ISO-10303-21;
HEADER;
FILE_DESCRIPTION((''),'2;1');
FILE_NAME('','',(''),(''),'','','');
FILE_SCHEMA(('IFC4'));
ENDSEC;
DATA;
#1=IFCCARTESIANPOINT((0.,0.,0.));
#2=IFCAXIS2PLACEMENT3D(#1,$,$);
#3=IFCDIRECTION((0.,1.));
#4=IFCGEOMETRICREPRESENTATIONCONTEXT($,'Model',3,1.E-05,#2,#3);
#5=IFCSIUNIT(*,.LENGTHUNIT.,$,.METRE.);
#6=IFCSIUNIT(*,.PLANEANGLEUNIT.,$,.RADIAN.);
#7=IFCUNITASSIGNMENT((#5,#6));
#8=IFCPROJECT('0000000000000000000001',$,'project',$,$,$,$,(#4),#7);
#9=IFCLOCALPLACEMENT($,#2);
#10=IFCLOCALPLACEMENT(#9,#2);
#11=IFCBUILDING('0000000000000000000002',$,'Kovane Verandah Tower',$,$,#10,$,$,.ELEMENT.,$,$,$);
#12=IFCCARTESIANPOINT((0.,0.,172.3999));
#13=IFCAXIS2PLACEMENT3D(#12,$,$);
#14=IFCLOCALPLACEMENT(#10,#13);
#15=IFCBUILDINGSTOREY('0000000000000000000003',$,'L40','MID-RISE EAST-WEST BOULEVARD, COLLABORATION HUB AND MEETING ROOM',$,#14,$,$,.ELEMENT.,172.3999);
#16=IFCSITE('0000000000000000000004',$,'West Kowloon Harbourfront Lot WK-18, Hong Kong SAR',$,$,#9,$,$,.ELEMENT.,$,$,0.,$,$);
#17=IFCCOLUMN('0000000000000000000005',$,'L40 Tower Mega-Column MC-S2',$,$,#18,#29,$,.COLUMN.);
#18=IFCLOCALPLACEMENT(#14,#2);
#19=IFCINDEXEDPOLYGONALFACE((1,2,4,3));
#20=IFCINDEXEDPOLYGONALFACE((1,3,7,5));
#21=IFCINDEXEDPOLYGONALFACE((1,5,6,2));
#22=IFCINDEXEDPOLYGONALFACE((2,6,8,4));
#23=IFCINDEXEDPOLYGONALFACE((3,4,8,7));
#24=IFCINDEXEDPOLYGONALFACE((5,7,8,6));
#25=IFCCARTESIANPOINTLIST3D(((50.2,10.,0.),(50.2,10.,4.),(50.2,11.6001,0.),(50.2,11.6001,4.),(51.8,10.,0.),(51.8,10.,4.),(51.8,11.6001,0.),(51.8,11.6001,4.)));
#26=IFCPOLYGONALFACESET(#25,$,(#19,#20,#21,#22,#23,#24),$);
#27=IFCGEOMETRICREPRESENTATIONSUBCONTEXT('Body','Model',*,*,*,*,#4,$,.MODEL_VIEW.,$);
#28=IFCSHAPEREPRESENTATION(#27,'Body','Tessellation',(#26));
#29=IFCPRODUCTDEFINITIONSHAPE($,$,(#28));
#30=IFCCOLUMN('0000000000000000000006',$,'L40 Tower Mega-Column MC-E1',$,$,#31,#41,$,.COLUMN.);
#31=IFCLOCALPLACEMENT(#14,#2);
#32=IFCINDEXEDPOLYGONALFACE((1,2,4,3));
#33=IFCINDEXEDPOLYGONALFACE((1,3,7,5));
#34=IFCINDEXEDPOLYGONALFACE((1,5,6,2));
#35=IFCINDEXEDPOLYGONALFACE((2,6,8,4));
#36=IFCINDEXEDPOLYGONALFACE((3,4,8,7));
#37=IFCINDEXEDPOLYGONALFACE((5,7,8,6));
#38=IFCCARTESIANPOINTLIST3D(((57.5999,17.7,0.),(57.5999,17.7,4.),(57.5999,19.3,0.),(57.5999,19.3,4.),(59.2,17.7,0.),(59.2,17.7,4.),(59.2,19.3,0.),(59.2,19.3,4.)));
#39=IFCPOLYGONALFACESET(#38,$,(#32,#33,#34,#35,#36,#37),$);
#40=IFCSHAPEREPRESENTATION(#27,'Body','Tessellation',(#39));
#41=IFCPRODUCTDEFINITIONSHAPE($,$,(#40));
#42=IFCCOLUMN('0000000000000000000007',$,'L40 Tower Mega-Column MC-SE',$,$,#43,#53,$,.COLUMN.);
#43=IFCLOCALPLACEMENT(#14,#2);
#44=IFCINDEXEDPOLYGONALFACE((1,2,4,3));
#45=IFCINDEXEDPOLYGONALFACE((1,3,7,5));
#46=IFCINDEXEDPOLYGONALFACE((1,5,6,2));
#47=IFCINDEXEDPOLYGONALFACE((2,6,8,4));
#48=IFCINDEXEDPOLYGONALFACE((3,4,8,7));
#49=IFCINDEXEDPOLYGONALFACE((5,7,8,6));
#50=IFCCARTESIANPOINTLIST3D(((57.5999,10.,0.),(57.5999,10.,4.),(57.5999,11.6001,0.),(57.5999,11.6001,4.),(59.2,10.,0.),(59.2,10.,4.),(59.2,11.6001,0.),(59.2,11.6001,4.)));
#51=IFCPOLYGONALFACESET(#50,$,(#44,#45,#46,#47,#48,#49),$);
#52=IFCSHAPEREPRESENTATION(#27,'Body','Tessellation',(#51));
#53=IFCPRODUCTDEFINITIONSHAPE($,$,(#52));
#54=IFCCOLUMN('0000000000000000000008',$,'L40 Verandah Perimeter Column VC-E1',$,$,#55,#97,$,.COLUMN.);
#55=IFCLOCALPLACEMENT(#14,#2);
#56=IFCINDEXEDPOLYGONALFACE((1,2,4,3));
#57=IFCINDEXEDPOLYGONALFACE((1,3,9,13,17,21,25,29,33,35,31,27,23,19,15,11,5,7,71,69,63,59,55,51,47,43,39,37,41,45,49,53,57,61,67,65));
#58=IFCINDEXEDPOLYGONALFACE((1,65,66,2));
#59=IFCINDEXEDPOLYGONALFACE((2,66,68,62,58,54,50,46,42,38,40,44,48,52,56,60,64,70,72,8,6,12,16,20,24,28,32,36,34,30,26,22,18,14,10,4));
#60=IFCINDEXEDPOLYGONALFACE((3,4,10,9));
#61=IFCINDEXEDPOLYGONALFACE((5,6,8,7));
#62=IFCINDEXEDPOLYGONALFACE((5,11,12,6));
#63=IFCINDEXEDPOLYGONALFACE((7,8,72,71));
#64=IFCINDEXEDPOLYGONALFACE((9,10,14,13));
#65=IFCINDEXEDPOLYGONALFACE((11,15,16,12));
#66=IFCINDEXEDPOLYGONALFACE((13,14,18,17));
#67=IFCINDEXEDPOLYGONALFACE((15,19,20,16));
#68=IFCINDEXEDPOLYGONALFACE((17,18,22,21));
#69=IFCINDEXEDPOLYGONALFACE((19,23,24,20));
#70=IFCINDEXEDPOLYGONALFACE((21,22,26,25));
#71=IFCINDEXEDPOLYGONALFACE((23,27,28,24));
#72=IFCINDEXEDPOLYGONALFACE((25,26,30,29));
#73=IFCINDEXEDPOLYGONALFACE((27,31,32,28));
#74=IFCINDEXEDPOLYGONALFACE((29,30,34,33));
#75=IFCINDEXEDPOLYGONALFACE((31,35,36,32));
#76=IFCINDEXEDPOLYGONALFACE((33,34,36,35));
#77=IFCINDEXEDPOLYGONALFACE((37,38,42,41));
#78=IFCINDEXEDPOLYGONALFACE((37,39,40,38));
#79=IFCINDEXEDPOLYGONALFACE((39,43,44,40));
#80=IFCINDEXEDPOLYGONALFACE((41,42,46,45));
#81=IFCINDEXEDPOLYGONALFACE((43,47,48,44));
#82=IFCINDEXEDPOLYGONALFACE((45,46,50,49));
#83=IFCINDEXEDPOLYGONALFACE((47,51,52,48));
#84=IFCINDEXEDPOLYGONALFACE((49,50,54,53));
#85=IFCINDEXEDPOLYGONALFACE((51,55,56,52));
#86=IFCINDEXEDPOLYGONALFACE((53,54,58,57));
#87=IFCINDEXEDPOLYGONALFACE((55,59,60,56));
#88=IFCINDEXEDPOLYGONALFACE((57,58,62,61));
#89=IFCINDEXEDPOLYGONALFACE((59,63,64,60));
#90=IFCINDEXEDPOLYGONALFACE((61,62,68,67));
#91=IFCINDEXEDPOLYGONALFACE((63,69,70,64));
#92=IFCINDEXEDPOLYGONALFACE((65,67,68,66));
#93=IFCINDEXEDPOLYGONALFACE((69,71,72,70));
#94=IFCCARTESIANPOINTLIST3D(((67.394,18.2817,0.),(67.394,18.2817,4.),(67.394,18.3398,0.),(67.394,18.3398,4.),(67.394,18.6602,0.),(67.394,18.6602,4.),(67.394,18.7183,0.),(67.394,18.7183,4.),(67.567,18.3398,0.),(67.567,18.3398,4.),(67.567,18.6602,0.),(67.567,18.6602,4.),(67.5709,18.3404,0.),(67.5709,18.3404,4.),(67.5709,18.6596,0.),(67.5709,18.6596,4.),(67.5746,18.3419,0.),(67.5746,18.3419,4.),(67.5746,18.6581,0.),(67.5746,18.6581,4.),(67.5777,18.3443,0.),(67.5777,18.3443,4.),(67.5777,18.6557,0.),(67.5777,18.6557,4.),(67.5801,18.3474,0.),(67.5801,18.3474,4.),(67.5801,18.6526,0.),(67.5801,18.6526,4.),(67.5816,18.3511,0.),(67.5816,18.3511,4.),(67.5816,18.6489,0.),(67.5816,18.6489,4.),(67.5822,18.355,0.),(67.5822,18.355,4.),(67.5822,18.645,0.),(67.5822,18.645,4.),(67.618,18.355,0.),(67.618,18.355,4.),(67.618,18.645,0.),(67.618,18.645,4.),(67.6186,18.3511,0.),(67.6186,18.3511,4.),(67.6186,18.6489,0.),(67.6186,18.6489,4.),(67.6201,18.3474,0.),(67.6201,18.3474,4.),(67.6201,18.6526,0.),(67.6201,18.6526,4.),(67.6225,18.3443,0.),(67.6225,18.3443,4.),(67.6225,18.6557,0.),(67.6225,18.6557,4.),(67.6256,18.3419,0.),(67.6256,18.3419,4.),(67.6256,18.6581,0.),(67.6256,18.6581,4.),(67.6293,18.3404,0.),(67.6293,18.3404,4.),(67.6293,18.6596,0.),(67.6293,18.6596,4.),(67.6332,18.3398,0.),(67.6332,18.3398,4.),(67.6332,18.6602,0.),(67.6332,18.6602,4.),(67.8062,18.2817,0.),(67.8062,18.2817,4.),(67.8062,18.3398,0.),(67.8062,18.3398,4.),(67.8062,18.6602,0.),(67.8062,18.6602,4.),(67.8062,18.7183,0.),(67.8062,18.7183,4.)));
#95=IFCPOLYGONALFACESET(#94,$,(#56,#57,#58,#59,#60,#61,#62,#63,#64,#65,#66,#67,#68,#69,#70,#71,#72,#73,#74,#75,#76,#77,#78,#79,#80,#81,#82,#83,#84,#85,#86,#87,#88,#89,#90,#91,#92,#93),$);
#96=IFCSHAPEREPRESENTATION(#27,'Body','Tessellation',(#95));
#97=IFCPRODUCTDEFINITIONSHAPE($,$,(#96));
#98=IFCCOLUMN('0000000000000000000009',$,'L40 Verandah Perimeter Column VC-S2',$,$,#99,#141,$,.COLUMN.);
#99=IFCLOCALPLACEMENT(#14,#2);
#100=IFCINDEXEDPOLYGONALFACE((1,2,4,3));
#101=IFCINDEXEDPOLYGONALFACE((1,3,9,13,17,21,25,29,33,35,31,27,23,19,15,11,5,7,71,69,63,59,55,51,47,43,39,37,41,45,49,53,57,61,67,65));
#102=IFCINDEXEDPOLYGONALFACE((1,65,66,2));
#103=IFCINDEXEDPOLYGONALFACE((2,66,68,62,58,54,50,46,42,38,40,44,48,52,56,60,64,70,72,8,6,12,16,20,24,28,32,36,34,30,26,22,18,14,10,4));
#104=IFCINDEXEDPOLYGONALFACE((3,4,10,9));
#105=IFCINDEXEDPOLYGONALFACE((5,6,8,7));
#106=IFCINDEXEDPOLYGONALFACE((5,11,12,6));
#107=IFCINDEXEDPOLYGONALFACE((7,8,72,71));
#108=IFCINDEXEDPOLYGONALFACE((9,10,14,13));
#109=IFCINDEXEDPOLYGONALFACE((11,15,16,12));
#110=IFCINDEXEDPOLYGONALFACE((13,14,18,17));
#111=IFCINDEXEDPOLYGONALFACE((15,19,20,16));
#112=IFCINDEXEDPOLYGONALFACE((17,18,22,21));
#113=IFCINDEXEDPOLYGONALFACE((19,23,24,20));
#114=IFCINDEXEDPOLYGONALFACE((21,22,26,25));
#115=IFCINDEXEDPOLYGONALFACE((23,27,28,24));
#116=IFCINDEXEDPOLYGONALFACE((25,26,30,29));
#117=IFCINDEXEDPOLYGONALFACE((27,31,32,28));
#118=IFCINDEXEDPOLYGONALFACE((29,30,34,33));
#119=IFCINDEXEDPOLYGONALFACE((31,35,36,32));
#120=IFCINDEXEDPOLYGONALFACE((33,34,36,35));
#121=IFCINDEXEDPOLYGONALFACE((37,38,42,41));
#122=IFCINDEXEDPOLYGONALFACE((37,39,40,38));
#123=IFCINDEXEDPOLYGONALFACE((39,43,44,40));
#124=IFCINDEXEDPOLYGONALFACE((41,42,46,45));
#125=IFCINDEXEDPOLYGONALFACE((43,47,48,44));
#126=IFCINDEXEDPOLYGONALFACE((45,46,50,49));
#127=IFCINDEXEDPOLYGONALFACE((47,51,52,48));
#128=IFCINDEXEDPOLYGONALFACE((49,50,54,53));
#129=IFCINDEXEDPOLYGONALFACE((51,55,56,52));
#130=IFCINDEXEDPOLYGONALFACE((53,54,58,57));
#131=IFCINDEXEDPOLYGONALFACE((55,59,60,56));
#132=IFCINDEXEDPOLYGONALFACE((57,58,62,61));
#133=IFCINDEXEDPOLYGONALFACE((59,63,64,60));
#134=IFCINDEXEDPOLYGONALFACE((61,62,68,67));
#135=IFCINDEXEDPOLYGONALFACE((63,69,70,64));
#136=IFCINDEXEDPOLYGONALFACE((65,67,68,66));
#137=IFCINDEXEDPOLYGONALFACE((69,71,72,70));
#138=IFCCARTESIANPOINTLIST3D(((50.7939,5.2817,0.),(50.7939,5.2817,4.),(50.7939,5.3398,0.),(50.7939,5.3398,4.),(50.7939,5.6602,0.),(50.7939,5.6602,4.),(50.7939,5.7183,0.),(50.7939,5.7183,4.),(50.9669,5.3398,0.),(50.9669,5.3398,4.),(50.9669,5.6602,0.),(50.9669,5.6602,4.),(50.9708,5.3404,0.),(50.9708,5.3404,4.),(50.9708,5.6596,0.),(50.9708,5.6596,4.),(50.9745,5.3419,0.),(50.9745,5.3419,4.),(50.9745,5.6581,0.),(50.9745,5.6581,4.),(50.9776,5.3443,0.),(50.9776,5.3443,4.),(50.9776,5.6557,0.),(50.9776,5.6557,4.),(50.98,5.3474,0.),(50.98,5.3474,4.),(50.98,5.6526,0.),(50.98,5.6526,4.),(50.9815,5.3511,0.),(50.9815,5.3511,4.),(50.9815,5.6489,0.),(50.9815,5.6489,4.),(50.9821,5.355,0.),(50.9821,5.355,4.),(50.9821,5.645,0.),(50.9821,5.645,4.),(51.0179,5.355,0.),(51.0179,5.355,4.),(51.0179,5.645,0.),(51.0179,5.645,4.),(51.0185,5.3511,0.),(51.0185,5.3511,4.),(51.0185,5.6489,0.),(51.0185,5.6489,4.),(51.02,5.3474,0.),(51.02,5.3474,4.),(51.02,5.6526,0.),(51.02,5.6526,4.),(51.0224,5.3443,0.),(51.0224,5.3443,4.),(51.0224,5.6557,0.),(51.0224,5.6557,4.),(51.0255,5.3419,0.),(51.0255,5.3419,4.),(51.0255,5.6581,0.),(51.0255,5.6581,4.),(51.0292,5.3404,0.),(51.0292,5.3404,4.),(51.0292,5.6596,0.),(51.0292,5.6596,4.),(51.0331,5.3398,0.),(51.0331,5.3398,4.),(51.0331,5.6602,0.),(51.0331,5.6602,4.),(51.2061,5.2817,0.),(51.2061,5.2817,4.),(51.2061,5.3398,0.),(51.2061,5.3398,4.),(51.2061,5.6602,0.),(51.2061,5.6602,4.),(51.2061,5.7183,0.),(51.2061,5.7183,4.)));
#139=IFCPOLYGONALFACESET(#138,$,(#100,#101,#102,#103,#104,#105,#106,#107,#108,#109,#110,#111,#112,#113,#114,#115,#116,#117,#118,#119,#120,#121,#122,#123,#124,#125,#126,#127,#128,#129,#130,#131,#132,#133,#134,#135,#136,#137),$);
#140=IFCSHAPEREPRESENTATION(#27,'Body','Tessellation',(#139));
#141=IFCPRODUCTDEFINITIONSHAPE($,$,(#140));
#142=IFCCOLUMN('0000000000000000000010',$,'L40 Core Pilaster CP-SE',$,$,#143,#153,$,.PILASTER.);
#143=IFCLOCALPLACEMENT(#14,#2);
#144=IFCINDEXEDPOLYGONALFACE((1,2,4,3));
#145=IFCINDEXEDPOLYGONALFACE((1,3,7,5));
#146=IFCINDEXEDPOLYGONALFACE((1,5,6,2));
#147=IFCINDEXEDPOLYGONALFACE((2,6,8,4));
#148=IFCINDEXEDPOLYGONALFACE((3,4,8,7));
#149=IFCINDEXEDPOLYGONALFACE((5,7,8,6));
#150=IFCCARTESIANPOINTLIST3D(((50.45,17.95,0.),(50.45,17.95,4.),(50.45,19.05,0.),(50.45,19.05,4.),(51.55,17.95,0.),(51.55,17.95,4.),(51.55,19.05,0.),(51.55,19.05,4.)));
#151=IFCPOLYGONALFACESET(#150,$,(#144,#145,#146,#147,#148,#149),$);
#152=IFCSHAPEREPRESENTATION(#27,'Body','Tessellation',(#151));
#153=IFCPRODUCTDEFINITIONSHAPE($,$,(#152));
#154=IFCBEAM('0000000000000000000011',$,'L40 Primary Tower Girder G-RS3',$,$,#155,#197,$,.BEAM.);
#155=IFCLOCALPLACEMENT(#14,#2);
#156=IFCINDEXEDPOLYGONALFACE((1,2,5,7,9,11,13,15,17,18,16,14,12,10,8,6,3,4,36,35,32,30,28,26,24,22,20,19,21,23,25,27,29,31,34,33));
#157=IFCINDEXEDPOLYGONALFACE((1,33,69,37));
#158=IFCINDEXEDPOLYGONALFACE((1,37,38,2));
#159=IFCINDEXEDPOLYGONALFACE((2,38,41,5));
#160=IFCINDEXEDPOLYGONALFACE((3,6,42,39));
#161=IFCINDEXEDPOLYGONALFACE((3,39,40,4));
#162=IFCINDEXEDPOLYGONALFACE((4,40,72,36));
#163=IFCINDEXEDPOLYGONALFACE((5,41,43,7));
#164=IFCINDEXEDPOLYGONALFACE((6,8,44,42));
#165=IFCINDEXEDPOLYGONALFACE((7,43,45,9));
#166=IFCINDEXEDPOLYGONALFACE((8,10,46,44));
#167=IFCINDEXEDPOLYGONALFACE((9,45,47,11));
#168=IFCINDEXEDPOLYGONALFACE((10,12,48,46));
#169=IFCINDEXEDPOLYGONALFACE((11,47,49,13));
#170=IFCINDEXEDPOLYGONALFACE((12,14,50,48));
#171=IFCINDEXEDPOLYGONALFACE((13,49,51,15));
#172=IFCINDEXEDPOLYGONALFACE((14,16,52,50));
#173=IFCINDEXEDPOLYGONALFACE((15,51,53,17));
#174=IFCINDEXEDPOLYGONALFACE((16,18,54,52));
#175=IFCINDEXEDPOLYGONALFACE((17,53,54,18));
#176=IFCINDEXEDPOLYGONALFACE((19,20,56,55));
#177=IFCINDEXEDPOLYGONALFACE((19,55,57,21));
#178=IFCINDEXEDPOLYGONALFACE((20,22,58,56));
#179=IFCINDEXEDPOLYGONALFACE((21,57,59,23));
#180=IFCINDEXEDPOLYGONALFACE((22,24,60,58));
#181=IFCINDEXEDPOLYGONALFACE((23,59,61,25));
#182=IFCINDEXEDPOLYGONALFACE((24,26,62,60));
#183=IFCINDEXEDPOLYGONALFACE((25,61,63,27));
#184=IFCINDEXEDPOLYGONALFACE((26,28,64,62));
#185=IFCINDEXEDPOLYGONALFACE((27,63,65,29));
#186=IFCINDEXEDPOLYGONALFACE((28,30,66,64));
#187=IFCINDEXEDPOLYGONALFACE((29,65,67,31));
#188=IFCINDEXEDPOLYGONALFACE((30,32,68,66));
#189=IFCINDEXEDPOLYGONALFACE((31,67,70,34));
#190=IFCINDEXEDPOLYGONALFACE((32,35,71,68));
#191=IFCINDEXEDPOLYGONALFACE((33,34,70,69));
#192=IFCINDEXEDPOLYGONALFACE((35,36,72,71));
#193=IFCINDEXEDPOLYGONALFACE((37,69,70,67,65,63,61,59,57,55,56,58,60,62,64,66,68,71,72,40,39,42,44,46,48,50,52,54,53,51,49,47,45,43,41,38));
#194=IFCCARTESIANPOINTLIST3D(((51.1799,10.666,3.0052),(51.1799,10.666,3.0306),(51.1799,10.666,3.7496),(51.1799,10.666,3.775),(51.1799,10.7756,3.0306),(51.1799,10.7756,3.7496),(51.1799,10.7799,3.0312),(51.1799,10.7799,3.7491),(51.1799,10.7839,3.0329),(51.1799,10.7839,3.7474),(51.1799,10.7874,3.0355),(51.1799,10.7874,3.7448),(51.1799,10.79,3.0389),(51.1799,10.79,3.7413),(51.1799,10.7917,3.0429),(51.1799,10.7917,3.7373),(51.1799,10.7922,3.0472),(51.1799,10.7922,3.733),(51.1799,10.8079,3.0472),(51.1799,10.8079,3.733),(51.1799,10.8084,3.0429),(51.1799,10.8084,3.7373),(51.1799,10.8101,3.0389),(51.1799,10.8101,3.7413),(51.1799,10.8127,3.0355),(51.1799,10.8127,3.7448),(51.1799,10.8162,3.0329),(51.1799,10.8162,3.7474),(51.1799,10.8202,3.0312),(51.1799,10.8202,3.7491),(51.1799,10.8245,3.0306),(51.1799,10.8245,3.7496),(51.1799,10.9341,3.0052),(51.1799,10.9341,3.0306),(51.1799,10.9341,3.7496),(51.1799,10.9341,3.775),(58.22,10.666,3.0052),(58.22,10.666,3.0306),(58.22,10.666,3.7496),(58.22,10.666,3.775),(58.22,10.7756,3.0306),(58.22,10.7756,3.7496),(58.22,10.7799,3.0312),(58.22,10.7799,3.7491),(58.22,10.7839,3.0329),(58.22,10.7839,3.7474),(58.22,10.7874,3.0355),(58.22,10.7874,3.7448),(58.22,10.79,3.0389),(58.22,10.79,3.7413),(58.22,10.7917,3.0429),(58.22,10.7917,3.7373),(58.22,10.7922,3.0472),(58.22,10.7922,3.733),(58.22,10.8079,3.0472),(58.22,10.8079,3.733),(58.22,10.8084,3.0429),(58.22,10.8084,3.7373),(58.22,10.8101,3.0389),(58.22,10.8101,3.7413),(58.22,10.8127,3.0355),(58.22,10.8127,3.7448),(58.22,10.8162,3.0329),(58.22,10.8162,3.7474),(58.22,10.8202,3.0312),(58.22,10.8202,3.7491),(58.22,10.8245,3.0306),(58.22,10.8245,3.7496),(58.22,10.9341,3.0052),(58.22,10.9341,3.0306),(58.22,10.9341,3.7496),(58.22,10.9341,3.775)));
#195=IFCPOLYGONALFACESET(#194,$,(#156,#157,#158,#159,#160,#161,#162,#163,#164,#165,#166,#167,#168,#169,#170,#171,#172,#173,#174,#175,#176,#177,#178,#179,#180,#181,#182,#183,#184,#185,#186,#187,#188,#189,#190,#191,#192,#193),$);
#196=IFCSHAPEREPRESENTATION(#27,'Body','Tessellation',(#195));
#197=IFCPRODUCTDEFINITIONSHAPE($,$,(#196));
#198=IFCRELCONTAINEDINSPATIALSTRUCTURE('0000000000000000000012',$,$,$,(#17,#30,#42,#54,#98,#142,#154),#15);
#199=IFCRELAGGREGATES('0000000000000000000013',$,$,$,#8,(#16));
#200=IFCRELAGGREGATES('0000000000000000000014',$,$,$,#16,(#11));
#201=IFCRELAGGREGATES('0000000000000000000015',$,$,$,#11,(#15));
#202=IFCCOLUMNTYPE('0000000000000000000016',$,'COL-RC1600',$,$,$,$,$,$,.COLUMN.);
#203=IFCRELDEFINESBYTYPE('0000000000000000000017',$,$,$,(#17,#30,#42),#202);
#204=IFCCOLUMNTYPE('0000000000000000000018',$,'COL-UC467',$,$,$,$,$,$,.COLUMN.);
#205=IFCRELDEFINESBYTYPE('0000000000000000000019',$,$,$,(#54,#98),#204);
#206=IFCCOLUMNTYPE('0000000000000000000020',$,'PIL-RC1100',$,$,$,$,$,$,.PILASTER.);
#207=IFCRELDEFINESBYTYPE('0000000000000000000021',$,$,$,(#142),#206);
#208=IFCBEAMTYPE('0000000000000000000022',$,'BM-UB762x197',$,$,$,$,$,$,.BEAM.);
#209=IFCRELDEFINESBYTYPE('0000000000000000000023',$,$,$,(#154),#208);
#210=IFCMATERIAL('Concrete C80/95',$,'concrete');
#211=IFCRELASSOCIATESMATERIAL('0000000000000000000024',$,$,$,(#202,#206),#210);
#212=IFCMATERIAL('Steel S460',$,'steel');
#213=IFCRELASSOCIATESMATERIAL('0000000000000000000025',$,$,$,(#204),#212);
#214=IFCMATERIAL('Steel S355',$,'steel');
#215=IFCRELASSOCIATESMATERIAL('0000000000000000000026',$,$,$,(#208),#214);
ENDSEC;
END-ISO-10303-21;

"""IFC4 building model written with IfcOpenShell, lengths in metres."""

from ifc_helpers import new_model, si_unit, direction, frame, origin, origin_2d, place, context, subcontext, project, spatial, rectangle, i_section, extrude, material, material_profile, profile_set, type_object, element, save


model = new_model("IFC4")

# Units and contexts
model_context = context("Model", 3, precision=1e-05, world=origin(), true_north=direction((0.0, 1.0)))
body_context = subcontext(model_context, "Body", "Model", "MODEL_VIEW")
ifc_project = project(units=[si_unit("LENGTHUNIT", "METRE"), si_unit("PLANEANGLEUNIT", "RADIAN")], contexts=[model_context])

# Site, building, storey
site_placement = place(None, origin())
site = spatial("IfcSite", under=ifc_project, at=site_placement, Name="West Kowloon Harbourfront Lot WK-18, Hong Kong SAR", CompositionType="ELEMENT", RefElevation=0.0)
building_placement = place(site_placement, origin())
building = spatial("IfcBuilding", under=site, at=building_placement, Name="Kovane Verandah Tower", CompositionType="ELEMENT")
storey_placement = place(building_placement, frame((0.0, 0.0, 172.3999)))
storey = spatial("IfcBuildingStorey", under=building, at=storey_placement, Name="L40", Description="MID-RISE EAST-WEST BOULEVARD, COLLABORATION HUB AND MEETING ROOM", CompositionType="ELEMENT", Elevation=172.3999)

# Columns
ifc_material_1 = material(Name="Concrete C80/95", Category="concrete")
ifc_material_profile_1 = material_profile(ifc_material_1, rectangle(XDim=1.6001, YDim=1.6001, at=origin_2d()), Name="RC1600x1600")
ifc_profile_set_1 = profile_set([ifc_material_profile_1], Name="Concrete C80/95")
column_type_1 = type_object("IfcColumnType", Name="COL-RC1600", PredefinedType="COLUMN", material=ifc_profile_set_1)
for number, where, z_axis, x_axis, name in (
    (1, (51.0, 10.8, 0.0), (0.0, 0.0, 1.0), (1.0, 0.0, 0.0), "L40 Tower Mega-Column MC-S2"),
    (2, (58.3999, 18.5, 0.0), (0.0, 0.0, 1.0), (1.0, 0.0, 0.0), "L40 Tower Mega-Column MC-E1"),
    (3, (58.3999, 10.8, 0.0), (0.0, 0.0, 1.0), (1.0, 0.0, 0.0), "L40 Tower Mega-Column MC-SE"),
):
    element("IfcColumn", number, at=place(storey_placement, frame(where, z_axis=z_axis, x_axis=x_axis)), inside=storey, type_object=column_type_1, Name=name, PredefinedType="COLUMN", context=body_context, shape_type="SweptSolid", body=[
        extrude(rectangle(XDim=1.6001, YDim=1.6001, at=origin_2d()), origin(), (0.0, 0.0, 1.0), 4.0),
    ])
ifc_material_2 = material(Name="Steel S460", Category="steel")
ifc_material_profile_2 = material_profile(ifc_material_2, i_section(OverallWidth=0.4121, OverallDepth=0.4365, WebThickness=0.0359, FlangeThickness=0.0581, FilletRadius=0.0151, at=origin_2d()), Name="UC356x406x467")
ifc_profile_set_2 = profile_set([ifc_material_profile_2], Name="Steel S460")
column_type_2 = type_object("IfcColumnType", Name="COL-UC467", PredefinedType="COLUMN", material=ifc_profile_set_2)
for number, where, z_axis, x_axis, name in (
    (4, (67.6001, 18.5, 0.0), (0.0, 0.0, 1.0), (1.0, 0.0, 0.0), "L40 Verandah Perimeter Column VC-E1"),
    (5, (51.0, 5.5, 0.0), (0.0, 0.0, 1.0), (1.0, 0.0, 0.0), "L40 Verandah Perimeter Column VC-S2"),
):
    element("IfcColumn", number, at=place(storey_placement, frame(where, z_axis=z_axis, x_axis=x_axis)), inside=storey, type_object=column_type_2, Name=name, PredefinedType="COLUMN", context=body_context, shape_type="SweptSolid", body=[
        extrude(i_section(OverallWidth=0.4121, OverallDepth=0.4365, WebThickness=0.0359, FlangeThickness=0.0581, FilletRadius=0.0151, at=origin_2d()), origin(), (0.0, 0.0, 1.0), 4.0),
    ])
ifc_material_profile_3 = material_profile(ifc_material_1, rectangle(XDim=1.1001, YDim=1.1001, at=origin_2d()), Name="RC1100x1100")
ifc_profile_set_3 = profile_set([ifc_material_profile_3], Name="Concrete C80/95")
column_type_3 = type_object("IfcColumnType", Name="PIL-RC1100", PredefinedType="PILASTER", material=ifc_profile_set_3)
column_placement = place(storey_placement, frame((51.0, 18.5, 0.0), z_axis=(0.0, 0.0, 1.0), x_axis=(1.0, 0.0, 0.0)))
element("IfcColumn", 6, at=column_placement, inside=storey, type_object=column_type_3, Name="L40 Core Pilaster CP-SE", PredefinedType="PILASTER", context=body_context, shape_type="SweptSolid", body=[
    extrude(rectangle(XDim=1.1001, YDim=1.1001, at=origin_2d()), origin(), (0.0, 0.0, 1.0), 4.0),
])

# Beam
ifc_material_3 = material(Name="Steel S355", Category="steel")
ifc_material_profile_4 = material_profile(ifc_material_3, i_section(OverallWidth=0.2681, OverallDepth=0.7698, WebThickness=0.0156, FlangeThickness=0.0254, FilletRadius=0.0166, at=origin_2d()), Name="UB762x267x197")
ifc_profile_set_4 = profile_set([ifc_material_profile_4], Name="Steel S355")
beam_type_1 = type_object("IfcBeamType", Name="BM-UB762x197", PredefinedType="BEAM", material=ifc_profile_set_4)
beam_1_placement = place(storey_placement, frame((51.1799, 10.8, 3.3901), z_axis=(1.0, 0.0, 0.0), x_axis=(0.0, 1.0, 0.0)))
element("IfcBeam", 7, at=beam_1_placement, inside=storey, type_object=beam_type_1, Name="L40 Primary Tower Girder G-RS3", PredefinedType="BEAM", context=body_context, shape_type="SweptSolid", body=[
    extrude(i_section(OverallWidth=0.2681, OverallDepth=0.7698, WebThickness=0.0156, FlangeThickness=0.0254, FilletRadius=0.0166, at=origin_2d()), origin(), (0.0, 0.0, 1.0), 7.04),
])

save(model, "model.ifc")
